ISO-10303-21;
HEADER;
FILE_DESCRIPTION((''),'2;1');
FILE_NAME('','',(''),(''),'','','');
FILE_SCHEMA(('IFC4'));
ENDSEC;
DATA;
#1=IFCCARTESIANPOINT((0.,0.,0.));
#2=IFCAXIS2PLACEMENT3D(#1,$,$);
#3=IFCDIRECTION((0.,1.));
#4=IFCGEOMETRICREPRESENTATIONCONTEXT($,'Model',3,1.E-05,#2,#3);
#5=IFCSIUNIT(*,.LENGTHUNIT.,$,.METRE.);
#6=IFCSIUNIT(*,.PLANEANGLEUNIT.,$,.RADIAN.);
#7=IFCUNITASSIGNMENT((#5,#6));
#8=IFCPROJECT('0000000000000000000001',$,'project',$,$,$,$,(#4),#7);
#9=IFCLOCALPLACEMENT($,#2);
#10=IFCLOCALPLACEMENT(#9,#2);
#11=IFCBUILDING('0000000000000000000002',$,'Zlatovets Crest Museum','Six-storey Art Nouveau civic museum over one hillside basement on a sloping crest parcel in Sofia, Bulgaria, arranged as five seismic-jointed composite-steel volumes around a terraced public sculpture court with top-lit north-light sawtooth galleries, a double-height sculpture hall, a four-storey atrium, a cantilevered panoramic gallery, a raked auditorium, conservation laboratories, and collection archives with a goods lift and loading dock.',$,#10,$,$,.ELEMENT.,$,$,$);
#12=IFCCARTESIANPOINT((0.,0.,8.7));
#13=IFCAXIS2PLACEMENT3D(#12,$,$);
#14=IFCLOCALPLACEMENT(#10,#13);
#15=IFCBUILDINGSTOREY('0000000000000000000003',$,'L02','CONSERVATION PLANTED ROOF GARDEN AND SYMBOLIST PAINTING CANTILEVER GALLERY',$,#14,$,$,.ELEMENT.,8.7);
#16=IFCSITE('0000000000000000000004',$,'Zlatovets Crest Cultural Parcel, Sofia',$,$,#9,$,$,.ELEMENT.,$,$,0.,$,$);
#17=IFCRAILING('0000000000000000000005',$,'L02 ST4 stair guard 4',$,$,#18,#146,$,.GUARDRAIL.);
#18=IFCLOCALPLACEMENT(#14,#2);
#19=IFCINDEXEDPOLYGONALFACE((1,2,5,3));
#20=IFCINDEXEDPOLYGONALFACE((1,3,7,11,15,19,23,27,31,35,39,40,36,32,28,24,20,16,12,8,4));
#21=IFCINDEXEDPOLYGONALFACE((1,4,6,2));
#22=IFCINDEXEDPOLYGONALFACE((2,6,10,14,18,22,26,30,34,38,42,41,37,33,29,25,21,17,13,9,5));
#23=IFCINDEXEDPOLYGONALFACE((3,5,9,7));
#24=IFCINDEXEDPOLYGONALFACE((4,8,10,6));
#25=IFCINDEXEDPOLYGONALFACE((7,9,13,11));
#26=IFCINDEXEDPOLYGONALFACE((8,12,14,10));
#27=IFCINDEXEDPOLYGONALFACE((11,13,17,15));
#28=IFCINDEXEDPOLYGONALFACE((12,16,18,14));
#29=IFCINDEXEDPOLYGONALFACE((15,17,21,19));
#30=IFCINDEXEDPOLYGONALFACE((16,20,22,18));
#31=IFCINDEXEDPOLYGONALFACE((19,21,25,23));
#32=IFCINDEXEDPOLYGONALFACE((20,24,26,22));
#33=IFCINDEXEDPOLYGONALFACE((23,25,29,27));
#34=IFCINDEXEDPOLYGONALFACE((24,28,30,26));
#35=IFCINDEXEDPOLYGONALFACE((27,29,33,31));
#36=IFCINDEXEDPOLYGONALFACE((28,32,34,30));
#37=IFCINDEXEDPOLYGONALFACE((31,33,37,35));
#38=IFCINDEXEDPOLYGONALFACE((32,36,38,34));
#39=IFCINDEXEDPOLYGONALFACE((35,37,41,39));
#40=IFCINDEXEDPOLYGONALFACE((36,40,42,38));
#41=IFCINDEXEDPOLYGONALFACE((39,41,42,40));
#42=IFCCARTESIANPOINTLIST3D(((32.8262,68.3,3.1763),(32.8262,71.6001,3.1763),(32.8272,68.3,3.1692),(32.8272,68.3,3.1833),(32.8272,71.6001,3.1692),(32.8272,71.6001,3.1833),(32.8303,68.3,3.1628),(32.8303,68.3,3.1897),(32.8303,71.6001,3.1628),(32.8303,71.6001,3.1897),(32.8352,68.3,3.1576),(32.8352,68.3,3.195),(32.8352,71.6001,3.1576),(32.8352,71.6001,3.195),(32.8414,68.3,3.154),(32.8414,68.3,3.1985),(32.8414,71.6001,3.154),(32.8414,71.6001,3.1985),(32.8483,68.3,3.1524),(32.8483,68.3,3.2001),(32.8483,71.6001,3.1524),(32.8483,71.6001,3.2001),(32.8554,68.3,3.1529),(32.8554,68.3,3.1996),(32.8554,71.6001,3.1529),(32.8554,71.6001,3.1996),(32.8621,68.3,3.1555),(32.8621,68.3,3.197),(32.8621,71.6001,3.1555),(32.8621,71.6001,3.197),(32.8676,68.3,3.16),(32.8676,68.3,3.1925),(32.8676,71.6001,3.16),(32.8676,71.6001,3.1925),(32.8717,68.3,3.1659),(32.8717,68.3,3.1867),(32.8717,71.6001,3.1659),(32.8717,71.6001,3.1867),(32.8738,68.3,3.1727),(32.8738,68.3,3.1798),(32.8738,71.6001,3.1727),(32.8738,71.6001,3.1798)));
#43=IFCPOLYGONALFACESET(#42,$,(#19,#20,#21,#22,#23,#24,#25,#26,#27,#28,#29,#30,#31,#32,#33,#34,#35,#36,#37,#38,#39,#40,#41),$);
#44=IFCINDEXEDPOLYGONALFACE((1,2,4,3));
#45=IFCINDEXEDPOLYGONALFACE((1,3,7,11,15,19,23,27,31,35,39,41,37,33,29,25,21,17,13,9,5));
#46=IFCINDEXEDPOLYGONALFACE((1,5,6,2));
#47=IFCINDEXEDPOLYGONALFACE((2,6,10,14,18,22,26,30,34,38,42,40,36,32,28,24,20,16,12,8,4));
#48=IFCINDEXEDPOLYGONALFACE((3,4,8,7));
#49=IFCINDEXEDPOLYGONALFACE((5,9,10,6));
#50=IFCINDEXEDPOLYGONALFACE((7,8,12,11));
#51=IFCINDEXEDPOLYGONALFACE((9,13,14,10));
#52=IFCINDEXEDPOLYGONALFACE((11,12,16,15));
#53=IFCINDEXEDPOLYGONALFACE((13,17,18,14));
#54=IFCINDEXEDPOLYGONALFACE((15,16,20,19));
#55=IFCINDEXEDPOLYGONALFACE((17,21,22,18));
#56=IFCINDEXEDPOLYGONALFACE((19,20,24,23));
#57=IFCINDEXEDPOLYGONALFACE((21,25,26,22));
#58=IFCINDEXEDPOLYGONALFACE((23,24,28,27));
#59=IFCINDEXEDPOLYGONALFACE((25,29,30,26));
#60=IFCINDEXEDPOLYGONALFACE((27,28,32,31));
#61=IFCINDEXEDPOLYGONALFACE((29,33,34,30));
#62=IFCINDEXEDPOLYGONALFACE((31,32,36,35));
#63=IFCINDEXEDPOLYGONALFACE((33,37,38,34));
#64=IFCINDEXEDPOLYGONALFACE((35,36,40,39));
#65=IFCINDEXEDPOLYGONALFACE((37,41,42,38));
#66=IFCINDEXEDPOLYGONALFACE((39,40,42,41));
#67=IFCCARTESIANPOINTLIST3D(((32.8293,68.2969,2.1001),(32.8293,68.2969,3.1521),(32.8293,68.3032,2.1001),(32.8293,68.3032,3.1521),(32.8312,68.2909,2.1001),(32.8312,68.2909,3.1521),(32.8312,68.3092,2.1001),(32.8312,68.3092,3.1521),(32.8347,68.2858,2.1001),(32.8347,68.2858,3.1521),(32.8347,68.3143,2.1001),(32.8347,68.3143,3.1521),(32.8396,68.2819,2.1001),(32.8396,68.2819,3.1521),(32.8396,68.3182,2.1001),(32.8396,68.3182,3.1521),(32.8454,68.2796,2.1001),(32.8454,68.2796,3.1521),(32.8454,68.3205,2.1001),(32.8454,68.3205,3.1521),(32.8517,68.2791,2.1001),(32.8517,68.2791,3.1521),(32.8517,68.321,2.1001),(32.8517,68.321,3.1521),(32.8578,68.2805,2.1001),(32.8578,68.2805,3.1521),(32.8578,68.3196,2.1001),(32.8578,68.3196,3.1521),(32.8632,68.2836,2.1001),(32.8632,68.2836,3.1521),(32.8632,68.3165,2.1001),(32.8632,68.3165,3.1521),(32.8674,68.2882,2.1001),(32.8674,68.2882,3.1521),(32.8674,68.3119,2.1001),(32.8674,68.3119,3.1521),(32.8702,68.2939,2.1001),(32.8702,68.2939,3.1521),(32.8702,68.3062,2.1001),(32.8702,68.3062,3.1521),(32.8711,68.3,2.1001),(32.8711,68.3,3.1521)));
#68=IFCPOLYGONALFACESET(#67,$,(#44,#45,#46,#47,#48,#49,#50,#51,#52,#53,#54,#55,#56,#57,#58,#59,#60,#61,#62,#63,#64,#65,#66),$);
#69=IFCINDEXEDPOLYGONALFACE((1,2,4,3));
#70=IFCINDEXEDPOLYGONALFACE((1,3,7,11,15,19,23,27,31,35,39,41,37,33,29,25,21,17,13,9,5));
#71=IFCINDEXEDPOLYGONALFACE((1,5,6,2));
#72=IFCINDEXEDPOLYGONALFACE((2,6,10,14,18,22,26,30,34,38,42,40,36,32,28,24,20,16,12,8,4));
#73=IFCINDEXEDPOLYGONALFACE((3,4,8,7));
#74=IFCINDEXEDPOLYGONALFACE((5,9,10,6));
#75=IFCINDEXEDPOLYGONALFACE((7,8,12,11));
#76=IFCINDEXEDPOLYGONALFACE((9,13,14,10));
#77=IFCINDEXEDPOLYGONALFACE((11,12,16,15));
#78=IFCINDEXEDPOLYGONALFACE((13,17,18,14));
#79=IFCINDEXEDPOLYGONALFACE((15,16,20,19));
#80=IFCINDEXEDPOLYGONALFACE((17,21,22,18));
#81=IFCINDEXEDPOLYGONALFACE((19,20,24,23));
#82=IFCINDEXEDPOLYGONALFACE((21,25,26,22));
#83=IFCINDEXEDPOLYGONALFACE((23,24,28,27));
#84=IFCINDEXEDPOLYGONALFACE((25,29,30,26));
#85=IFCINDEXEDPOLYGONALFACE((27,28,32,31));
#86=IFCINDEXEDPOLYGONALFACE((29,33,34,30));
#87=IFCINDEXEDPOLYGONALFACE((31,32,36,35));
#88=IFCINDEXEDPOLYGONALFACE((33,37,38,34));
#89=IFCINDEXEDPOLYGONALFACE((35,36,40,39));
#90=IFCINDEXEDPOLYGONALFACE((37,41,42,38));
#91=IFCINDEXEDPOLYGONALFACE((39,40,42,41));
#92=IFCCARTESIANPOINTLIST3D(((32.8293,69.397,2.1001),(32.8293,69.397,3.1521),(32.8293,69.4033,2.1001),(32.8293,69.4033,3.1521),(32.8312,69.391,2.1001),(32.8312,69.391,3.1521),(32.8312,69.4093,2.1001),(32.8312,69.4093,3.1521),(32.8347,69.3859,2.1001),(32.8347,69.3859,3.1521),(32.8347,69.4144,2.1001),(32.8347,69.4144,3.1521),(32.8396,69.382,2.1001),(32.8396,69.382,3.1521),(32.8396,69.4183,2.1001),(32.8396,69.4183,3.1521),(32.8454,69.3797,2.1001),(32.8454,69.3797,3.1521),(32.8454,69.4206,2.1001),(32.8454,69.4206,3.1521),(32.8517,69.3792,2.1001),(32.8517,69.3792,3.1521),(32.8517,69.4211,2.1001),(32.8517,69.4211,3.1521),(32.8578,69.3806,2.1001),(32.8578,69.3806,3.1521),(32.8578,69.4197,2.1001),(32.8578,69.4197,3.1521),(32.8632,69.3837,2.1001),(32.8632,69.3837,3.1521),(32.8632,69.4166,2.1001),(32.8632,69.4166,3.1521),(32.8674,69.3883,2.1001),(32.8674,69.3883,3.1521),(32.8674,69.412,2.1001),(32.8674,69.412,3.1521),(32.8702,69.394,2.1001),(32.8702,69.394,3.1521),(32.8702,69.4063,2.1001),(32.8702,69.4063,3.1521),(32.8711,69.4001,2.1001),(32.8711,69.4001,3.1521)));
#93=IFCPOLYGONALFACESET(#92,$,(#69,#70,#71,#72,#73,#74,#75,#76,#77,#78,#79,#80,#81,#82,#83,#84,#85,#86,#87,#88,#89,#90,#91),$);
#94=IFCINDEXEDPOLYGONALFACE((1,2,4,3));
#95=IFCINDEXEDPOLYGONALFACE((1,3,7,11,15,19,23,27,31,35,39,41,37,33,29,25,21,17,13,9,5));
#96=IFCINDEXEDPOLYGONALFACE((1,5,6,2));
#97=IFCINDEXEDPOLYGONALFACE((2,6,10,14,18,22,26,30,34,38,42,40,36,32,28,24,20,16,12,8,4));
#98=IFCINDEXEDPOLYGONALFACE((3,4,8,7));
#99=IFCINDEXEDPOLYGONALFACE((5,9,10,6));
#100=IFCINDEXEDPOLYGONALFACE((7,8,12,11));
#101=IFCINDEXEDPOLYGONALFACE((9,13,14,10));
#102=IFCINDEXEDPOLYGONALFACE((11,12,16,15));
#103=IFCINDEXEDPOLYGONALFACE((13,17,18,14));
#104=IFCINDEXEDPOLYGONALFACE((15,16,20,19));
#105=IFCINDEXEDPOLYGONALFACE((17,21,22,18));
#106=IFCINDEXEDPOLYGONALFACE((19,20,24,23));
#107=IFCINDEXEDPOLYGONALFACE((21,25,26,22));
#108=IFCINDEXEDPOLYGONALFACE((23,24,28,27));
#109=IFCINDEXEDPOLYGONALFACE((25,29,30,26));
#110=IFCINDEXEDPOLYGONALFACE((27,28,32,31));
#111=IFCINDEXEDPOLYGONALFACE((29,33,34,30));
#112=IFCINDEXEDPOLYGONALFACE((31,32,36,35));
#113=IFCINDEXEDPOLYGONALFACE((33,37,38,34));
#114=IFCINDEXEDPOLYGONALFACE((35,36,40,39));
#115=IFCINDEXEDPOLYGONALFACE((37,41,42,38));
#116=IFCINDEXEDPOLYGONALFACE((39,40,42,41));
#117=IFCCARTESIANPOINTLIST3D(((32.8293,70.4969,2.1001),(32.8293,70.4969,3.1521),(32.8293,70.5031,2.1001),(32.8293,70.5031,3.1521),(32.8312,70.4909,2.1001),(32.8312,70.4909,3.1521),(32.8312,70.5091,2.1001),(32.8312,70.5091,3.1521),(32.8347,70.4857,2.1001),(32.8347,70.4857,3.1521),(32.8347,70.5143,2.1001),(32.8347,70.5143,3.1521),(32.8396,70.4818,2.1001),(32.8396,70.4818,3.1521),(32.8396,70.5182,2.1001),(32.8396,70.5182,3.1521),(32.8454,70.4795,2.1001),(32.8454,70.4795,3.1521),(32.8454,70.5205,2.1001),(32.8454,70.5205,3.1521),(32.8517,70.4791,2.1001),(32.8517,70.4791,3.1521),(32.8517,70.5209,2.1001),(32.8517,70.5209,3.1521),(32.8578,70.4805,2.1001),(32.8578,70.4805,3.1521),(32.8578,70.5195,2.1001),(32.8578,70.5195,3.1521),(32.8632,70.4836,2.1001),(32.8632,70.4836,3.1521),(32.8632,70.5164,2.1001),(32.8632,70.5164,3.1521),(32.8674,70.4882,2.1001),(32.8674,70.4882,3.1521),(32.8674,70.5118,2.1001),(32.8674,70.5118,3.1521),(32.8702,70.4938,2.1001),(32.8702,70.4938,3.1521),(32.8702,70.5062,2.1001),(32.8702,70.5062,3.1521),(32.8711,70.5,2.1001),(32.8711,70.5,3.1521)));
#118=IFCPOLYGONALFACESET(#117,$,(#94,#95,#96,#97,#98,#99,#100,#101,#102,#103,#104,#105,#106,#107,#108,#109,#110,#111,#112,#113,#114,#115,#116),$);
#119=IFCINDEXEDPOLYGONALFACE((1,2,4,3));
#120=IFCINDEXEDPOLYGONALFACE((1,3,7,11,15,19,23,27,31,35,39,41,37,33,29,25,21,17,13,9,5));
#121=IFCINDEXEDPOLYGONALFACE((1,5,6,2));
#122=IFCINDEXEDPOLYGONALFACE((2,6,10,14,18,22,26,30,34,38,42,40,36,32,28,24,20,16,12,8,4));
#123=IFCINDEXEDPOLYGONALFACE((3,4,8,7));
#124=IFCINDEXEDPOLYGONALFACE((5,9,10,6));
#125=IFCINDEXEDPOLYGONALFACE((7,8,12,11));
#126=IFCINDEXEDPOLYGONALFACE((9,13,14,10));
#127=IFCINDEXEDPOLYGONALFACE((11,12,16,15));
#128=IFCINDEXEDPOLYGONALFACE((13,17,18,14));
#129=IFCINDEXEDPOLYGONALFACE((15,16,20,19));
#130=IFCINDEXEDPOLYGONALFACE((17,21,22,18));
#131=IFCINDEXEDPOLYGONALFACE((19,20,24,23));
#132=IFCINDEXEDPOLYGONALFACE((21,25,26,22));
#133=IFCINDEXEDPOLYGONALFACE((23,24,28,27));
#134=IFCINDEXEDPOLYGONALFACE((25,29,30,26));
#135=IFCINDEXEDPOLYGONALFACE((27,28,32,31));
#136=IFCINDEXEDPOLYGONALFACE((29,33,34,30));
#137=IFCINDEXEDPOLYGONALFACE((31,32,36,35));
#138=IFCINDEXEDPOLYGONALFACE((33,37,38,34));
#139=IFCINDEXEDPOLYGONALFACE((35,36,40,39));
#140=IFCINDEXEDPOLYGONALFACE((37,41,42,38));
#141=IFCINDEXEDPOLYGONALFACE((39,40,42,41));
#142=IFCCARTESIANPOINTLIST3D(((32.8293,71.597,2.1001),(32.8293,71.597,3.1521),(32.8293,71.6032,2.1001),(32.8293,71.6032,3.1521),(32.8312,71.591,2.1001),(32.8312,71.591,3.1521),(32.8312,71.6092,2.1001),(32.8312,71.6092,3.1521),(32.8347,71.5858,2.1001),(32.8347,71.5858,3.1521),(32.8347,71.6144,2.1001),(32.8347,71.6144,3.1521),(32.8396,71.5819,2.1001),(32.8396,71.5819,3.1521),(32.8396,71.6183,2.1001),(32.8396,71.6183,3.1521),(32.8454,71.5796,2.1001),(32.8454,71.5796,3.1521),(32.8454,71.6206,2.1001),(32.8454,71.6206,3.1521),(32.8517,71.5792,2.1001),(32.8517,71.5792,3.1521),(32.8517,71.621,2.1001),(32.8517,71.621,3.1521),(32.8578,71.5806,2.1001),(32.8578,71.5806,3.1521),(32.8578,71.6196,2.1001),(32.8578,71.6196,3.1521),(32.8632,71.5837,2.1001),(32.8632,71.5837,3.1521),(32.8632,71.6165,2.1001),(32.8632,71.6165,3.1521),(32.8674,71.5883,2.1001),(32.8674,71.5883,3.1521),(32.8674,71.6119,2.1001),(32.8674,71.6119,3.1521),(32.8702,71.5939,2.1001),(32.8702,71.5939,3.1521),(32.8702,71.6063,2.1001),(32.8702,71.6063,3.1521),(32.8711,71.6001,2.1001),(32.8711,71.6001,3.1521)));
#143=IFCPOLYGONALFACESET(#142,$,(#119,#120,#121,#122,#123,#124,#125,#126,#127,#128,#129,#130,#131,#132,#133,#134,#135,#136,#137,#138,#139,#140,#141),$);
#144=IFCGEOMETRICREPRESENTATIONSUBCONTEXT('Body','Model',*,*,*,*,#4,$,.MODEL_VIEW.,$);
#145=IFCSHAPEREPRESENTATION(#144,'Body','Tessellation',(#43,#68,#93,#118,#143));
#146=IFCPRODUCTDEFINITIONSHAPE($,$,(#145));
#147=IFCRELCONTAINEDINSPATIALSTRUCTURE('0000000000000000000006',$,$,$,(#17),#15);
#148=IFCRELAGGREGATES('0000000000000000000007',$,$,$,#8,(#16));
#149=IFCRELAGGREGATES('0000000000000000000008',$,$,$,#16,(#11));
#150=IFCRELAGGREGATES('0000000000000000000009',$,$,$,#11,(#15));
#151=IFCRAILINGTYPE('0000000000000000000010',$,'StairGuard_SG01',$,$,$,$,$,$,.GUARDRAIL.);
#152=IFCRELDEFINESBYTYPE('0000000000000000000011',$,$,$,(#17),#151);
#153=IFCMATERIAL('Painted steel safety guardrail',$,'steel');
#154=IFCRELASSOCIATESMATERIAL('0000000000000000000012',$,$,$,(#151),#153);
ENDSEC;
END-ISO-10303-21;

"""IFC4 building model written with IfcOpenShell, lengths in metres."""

from ifc_helpers import new_model, si_unit, direction, frame, origin, origin_2d, place, context, subcontext, project, spatial, circle, extrude, material, type_object, element, save


model = new_model("IFC4")

# Units and contexts
model_context = context("Model", 3, precision=1e-05, world=origin(), true_north=direction((0.0, 1.0)))
body_context = subcontext(model_context, "Body", "Model", "MODEL_VIEW")
ifc_project = project(units=[si_unit("LENGTHUNIT", "METRE"), si_unit("PLANEANGLEUNIT", "RADIAN")], contexts=[model_context])

# Site, building, storey
site_placement = place(None, origin())
site = spatial("IfcSite", under=ifc_project, at=site_placement, Name="Zlatovets Crest Cultural Parcel, Sofia", CompositionType="ELEMENT", RefElevation=0.0)
building_placement = place(site_placement, origin())
building = spatial("IfcBuilding", under=site, at=building_placement, Name="Zlatovets Crest Museum", Description="Six-storey Art Nouveau civic museum over one hillside basement on a sloping crest parcel in Sofia, Bulgaria, arranged as five seismic-jointed composite-steel volumes around a terraced public sculpture court with top-lit north-light sawtooth galleries, a double-height sculpture hall, a four-storey atrium, a cantilevered panoramic gallery, a raked auditorium, conservation laboratories, and collection archives with a goods lift and loading dock.", CompositionType="ELEMENT")
storey_placement = place(building_placement, frame((0.0, 0.0, 8.7)))
storey = spatial("IfcBuildingStorey", under=building, at=storey_placement, Name="L02", Description="CONSERVATION PLANTED ROOF GARDEN AND SYMBOLIST PAINTING CANTILEVER GALLERY", CompositionType="ELEMENT", Elevation=8.7)

# Railing
ifc_material_1 = material(Name="Painted steel safety guardrail", Category="steel")
railing_type_1 = type_object("IfcRailingType", Name="StairGuard_SG01", PredefinedType="GUARDRAIL", material=ifc_material_1)
for number, where, name in (
    (1, (32.8501, 68.3, 2.1001), "L02 ST4 stair guard 4"),
):
    element("IfcRailing", number, at=place(storey_placement, frame(where)), inside=storey, type_object=railing_type_1, Name=name, PredefinedType="GUARDRAIL", context=body_context, shape_type="SweptSolid", body=[
        extrude(circle(Radius=0.0239, at=origin_2d()), frame((0.0, 0.0, 1.0762), z_axis=(0.0, 1.0, 0.0), x_axis=(-1.0, 0.0, 0.0)), (0.0, 0.0, 1.0), 3.3),
        extrude(circle(Radius=0.021, at=origin_2d()), origin(), (0.0, 0.0, 1.0), 1.052),
        extrude(circle(Radius=0.021, at=origin_2d()), frame((0.0, 1.1001, 0.0)), (0.0, 0.0, 1.0), 1.052),
        extrude(circle(Radius=0.021, at=origin_2d()), frame((0.0, 2.2, 0.0)), (0.0, 0.0, 1.0), 1.052),
        extrude(circle(Radius=0.021, at=origin_2d()), frame((0.0, 3.3, 0.0)), (0.0, 0.0, 1.0), 1.052),
    ])

save(model, "model.ifc")
